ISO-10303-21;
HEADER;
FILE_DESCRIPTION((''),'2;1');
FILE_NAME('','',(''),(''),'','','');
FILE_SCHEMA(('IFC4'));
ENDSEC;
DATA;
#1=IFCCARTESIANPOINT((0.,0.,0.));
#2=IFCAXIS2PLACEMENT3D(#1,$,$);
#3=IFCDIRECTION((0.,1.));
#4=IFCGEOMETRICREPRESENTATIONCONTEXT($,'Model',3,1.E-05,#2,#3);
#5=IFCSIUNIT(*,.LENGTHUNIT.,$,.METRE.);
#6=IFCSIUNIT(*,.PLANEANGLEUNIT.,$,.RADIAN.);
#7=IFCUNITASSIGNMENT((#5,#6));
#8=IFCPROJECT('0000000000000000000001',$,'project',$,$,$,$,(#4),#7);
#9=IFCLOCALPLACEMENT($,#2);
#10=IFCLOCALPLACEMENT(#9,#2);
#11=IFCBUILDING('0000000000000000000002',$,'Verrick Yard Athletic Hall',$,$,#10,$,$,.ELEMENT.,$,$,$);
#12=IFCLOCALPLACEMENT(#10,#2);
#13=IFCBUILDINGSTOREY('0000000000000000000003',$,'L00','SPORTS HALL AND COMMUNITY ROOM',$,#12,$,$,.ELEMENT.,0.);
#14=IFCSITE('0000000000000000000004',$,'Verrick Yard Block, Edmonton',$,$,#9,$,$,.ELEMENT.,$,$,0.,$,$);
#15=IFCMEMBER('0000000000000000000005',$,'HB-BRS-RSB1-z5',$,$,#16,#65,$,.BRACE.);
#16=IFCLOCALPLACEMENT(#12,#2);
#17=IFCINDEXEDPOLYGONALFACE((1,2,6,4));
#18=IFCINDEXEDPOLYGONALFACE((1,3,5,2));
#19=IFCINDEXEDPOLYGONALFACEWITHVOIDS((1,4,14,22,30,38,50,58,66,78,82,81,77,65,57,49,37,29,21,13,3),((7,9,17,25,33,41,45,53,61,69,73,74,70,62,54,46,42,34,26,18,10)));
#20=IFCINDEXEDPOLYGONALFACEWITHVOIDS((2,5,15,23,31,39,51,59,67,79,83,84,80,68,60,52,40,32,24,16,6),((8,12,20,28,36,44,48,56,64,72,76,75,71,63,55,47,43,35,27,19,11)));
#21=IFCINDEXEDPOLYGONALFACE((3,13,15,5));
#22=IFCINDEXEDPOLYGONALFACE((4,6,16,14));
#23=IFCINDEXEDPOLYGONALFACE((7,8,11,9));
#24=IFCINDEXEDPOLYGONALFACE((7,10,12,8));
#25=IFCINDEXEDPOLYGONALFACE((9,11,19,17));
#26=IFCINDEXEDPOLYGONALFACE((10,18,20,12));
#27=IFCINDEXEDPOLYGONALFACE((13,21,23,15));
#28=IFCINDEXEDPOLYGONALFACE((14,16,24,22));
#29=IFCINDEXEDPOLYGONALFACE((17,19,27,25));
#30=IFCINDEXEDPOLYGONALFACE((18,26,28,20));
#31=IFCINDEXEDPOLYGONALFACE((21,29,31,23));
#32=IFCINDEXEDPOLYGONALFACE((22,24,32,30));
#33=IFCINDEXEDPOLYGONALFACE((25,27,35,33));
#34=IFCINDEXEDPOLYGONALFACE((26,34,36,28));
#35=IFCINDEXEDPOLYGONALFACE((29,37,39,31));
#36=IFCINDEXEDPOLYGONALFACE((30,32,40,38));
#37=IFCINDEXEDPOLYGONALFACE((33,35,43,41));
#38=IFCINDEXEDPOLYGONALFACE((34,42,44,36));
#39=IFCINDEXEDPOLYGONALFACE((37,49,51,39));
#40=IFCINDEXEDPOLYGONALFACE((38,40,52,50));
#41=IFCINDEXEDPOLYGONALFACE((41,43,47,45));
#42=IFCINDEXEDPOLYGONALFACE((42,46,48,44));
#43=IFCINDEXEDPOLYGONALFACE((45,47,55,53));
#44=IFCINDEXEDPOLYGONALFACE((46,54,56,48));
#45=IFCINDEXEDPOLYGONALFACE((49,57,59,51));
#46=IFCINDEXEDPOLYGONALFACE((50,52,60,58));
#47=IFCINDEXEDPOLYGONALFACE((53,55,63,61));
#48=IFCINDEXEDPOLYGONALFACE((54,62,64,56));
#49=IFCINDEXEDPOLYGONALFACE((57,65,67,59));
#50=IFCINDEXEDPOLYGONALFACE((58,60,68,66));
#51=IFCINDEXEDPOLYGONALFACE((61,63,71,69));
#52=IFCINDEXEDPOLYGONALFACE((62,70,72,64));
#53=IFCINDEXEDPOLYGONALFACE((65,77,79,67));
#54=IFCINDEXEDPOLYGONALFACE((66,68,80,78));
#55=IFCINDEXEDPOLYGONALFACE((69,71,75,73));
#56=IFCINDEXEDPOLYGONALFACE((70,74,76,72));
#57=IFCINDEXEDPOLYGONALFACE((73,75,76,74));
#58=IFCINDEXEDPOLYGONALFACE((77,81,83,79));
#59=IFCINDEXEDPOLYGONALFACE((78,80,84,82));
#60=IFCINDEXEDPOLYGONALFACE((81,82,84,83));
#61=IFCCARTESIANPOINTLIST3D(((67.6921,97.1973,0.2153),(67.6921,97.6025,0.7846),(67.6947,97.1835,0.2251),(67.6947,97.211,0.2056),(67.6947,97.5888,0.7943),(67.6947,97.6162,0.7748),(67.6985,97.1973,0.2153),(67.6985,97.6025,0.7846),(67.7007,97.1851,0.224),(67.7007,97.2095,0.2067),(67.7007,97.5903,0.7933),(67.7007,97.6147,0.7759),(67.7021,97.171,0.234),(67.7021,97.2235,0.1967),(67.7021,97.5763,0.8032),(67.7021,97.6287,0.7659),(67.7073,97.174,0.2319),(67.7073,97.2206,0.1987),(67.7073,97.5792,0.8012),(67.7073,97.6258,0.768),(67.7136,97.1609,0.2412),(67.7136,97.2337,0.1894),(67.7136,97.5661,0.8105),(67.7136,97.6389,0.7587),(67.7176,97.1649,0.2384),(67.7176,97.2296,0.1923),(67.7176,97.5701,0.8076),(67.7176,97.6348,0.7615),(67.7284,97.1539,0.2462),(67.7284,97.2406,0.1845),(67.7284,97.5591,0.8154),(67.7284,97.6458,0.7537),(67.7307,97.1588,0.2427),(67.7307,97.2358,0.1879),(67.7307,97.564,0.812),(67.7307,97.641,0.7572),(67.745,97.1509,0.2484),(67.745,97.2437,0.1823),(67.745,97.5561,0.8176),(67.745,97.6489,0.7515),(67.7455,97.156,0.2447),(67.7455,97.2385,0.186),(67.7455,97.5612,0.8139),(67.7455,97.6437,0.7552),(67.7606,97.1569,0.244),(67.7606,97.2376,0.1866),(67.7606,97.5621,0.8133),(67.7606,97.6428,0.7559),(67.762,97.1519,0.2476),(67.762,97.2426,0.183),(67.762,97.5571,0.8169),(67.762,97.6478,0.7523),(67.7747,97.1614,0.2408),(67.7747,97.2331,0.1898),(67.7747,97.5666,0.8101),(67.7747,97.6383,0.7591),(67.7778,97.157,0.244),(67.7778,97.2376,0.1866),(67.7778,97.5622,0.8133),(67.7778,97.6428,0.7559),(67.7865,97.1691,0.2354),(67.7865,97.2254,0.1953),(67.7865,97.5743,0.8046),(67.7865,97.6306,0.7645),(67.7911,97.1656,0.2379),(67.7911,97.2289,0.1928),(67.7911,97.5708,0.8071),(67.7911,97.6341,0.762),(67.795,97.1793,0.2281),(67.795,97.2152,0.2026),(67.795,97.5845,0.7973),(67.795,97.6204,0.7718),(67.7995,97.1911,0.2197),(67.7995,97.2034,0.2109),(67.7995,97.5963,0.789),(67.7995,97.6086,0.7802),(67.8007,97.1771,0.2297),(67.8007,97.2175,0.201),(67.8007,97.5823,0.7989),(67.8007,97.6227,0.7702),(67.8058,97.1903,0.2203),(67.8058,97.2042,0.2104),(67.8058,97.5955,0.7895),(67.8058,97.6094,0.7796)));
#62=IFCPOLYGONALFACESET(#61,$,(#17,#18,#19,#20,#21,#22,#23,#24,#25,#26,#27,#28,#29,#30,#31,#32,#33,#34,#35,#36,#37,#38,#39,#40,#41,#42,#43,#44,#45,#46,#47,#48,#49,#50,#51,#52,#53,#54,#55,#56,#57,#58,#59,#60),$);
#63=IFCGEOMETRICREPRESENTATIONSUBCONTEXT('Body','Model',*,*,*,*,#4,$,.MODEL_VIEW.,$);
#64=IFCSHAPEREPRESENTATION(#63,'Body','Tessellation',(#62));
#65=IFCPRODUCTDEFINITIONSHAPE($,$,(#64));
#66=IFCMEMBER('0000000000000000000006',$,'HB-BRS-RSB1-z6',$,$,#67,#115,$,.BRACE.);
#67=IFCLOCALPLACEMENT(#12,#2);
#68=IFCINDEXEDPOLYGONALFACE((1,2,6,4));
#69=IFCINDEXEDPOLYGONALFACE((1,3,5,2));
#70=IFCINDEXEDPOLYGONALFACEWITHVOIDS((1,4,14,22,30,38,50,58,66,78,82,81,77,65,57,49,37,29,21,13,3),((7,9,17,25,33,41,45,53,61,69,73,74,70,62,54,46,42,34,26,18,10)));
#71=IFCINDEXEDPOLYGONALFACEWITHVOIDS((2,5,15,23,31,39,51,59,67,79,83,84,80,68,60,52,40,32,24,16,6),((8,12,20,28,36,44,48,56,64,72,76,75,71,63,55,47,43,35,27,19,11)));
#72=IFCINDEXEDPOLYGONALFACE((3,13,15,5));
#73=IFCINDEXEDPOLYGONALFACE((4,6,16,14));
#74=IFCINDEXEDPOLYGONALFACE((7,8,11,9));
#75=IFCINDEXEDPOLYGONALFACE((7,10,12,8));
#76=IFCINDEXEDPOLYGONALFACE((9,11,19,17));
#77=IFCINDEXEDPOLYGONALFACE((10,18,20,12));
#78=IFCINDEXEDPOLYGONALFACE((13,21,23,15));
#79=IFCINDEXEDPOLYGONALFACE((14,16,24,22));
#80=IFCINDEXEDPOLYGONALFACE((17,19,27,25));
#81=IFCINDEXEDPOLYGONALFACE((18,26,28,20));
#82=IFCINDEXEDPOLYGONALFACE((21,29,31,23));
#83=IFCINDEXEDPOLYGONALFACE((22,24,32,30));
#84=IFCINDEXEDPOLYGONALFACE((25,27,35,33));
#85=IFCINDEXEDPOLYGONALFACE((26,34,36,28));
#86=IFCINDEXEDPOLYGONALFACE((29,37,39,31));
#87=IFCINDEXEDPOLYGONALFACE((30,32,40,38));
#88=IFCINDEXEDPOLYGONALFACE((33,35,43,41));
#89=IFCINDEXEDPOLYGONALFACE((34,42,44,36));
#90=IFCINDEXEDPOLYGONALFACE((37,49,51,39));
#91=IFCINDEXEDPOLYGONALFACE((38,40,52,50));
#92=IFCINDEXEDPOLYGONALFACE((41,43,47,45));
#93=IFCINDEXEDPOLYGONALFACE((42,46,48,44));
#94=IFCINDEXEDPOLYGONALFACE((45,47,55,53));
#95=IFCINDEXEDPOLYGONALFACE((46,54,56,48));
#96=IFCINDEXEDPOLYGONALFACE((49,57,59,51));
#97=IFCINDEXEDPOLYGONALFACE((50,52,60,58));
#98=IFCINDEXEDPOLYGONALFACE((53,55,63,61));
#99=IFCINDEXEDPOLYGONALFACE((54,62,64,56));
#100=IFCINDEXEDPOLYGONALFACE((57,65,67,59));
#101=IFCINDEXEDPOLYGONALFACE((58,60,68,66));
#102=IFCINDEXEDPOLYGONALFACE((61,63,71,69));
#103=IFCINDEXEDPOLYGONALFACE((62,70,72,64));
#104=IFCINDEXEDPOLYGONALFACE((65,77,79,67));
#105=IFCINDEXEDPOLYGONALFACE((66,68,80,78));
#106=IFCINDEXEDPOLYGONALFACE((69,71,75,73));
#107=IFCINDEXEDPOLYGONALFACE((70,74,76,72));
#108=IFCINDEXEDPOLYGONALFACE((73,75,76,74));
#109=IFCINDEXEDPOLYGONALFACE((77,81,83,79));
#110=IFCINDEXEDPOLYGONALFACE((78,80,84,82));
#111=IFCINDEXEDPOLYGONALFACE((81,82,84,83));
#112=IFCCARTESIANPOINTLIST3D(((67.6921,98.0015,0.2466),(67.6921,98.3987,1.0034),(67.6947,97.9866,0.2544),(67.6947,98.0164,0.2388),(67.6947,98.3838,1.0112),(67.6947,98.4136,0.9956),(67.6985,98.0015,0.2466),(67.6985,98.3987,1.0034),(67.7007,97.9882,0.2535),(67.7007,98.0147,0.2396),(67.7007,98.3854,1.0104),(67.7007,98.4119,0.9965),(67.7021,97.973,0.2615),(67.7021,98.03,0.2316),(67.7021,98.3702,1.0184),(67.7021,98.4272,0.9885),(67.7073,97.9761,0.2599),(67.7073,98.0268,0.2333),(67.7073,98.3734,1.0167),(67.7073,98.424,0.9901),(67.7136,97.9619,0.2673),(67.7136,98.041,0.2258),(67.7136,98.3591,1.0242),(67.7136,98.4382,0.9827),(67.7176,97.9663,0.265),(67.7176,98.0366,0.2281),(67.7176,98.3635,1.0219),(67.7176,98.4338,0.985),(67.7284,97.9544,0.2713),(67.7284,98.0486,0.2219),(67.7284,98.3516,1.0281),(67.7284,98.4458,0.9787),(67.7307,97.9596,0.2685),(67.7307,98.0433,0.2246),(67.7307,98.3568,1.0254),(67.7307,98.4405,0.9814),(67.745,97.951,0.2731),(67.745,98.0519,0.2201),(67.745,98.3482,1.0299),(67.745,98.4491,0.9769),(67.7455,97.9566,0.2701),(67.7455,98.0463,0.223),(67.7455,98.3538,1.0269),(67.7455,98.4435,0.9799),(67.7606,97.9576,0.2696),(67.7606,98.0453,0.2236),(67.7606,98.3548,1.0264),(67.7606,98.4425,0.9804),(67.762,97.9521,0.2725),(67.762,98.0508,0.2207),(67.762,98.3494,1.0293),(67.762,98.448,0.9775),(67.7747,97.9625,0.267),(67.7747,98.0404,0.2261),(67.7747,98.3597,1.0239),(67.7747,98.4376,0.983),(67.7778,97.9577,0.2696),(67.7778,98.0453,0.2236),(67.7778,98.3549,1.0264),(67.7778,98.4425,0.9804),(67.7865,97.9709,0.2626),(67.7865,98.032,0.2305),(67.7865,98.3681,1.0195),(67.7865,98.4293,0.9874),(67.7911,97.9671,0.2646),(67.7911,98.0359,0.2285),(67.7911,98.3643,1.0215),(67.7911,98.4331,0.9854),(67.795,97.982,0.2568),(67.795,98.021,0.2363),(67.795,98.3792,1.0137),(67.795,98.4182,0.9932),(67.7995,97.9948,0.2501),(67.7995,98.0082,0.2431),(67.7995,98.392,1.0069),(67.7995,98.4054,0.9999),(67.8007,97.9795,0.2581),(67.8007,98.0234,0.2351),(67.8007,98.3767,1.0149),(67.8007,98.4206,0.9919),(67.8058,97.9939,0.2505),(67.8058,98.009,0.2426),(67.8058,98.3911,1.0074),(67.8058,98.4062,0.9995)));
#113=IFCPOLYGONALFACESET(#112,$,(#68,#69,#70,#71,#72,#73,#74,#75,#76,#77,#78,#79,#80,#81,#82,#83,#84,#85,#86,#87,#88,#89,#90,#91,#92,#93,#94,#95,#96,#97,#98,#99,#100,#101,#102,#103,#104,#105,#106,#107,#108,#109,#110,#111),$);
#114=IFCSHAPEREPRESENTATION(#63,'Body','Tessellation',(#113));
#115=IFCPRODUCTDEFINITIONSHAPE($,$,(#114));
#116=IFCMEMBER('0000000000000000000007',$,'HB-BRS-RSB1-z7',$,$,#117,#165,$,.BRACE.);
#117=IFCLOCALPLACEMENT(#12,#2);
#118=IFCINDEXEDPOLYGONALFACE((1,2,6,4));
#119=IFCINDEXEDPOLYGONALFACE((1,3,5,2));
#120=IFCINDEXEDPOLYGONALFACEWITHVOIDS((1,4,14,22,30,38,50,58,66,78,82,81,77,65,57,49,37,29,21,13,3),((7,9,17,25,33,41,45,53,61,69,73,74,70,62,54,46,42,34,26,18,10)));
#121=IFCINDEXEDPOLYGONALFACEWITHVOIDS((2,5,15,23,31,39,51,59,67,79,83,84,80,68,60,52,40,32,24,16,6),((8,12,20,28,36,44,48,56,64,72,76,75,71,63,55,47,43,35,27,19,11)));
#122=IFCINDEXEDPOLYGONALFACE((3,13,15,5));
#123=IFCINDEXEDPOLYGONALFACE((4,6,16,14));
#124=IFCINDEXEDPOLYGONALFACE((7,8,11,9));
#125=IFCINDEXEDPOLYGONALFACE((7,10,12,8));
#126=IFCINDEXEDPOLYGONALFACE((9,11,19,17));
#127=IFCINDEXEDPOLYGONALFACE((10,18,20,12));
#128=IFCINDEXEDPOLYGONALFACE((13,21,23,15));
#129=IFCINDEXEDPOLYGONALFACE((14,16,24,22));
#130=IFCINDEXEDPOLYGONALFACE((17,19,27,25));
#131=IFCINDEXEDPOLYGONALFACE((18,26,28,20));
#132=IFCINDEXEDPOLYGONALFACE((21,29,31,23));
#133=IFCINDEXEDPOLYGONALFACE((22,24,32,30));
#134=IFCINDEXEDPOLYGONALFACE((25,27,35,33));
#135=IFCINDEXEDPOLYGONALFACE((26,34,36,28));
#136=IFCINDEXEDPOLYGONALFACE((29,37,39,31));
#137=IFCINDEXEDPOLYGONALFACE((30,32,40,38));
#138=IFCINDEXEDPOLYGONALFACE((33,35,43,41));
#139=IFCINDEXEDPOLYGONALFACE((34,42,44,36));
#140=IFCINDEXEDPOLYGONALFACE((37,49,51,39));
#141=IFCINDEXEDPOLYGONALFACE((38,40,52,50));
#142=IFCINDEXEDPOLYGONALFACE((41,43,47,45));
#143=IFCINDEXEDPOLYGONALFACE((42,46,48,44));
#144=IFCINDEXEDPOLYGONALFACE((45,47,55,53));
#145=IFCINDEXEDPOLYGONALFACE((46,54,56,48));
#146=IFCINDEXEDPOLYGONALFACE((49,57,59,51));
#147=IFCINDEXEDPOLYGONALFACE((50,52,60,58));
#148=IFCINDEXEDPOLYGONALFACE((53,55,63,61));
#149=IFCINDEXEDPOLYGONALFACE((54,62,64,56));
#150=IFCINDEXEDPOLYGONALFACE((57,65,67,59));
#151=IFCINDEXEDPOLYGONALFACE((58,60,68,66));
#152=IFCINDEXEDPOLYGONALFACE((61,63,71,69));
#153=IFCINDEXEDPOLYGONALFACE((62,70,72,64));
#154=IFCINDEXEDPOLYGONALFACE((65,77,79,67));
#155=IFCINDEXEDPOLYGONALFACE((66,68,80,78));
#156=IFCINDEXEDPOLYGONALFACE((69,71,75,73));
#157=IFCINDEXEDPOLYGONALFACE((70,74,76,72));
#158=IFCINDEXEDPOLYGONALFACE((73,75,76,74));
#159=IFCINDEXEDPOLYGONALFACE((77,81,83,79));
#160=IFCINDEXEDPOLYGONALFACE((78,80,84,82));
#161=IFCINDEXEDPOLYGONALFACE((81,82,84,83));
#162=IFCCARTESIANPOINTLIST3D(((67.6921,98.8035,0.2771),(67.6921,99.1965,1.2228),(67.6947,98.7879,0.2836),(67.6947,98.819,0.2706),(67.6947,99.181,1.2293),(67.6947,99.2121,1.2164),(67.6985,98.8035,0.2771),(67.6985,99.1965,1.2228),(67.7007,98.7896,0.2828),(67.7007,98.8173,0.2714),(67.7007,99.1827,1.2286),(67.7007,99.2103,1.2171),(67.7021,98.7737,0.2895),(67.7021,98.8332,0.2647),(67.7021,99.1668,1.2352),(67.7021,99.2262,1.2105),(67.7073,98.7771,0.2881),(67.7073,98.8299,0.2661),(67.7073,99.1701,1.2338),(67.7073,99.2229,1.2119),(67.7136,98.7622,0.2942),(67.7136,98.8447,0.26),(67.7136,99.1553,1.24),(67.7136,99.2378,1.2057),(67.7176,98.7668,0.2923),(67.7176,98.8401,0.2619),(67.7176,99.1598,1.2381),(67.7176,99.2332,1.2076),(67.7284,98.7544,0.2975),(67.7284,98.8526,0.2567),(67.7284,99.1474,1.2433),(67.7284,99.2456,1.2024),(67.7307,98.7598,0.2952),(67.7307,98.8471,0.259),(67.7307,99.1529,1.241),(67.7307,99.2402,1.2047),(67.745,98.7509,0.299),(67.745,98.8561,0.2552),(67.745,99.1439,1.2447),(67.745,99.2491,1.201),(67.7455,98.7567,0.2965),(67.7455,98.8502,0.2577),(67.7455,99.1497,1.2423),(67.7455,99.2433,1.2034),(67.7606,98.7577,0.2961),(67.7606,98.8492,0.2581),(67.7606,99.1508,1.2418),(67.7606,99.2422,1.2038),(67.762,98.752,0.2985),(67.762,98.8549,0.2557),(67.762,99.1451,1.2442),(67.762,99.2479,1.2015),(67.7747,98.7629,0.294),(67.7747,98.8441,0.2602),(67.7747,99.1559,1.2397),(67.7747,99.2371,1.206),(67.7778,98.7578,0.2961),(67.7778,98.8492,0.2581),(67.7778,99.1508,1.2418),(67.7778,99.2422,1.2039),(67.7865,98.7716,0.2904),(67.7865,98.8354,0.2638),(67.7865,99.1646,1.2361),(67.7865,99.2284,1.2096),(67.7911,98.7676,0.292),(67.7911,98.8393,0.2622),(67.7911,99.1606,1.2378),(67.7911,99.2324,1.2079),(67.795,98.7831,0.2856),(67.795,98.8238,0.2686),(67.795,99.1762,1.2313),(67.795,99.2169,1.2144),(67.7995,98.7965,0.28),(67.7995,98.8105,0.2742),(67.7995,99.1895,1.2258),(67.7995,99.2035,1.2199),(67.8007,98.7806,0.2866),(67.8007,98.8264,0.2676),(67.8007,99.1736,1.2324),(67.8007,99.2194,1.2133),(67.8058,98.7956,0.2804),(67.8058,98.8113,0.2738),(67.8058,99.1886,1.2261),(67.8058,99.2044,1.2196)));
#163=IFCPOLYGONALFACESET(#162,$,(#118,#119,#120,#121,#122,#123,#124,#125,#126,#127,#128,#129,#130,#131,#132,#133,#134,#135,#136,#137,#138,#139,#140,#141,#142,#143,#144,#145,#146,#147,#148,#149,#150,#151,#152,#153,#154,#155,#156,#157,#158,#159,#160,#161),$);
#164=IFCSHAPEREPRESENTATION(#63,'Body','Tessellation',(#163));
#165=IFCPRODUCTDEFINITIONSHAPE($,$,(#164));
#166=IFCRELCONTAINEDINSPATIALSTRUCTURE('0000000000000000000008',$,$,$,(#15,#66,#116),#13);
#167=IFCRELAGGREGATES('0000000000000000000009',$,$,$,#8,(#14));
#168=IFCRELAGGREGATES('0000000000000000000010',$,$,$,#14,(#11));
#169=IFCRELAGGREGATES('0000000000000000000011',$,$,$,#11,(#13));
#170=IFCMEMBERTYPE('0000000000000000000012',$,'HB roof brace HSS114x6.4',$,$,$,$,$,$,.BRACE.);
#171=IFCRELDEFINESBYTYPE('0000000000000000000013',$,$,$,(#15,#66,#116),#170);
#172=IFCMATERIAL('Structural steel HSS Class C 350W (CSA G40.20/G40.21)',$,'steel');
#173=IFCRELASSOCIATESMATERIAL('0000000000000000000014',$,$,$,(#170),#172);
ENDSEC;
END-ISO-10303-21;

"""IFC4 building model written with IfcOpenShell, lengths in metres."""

from ifc_helpers import new_model, si_unit, direction, frame, origin, origin_2d, place, context, subcontext, project, spatial, hollow_circle, extrude, material, material_profile, profile_set, type_object, element, save


model = new_model("IFC4")

# Units and contexts
model_context = context("Model", 3, precision=1e-05, world=origin(), true_north=direction((0.0, 1.0)))
body_context = subcontext(model_context, "Body", "Model", "MODEL_VIEW")
ifc_project = project(units=[si_unit("LENGTHUNIT", "METRE"), si_unit("PLANEANGLEUNIT", "RADIAN")], contexts=[model_context])

# Site, building, storey
site_placement = place(None, origin())
site = spatial("IfcSite", under=ifc_project, at=site_placement, Name="Verrick Yard Block, Edmonton", CompositionType="ELEMENT", RefElevation=0.0)
building_placement = place(site_placement, origin())
building = spatial("IfcBuilding", under=site, at=building_placement, Name="Verrick Yard Athletic Hall", CompositionType="ELEMENT")
storey_placement = place(building_placement, origin())
storey = spatial("IfcBuildingStorey", under=building, at=storey_placement, Name="L00", Description="SPORTS HALL AND COMMUNITY ROOM", CompositionType="ELEMENT", Elevation=0.0)

# Members
ifc_material_1 = material(Name="Structural steel HSS Class C 350W (CSA G40.20/G40.21)", Category="steel")
ifc_material_profile_1 = material_profile(ifc_material_1, hollow_circle(Radius=0.0571, WallThickness=0.0063, at=origin_2d()), Name="HSS114x6.4")
ifc_profile_set_1 = profile_set([ifc_material_profile_1], Name="Structural steel HSS Class C 350W (CSA G40.20/G40.21)")
member_type_1 = type_object("IfcMemberType", Name="HB roof brace HSS114x6.4", PredefinedType="BRACE", material=ifc_profile_set_1)
member_1_placement = place(storey_placement, frame((67.7493, 97.1973, 0.2153), z_axis=(0.0, 0.579916, 0.814677), x_axis=(-1.0, 0.0, 0.0)))
element("IfcMember", 1, at=member_1_placement, inside=storey, type_object=member_type_1, Name="HB-BRS-RSB1-z5", PredefinedType="BRACE", context=body_context, shape_type="SweptSolid", body=[
    extrude(hollow_circle(Radius=0.0571, WallThickness=0.0063, at=origin_2d()), origin(), (0.0, 0.0, 1.0), 0.6987),
])
member_2_placement = place(storey_placement, frame((67.7493, 98.0015, 0.2466), z_axis=(0.0, 0.464722, 0.885457), x_axis=(-1.0, 0.0, 0.0)))
element("IfcMember", 2, at=member_2_placement, inside=storey, type_object=member_type_1, Name="HB-BRS-RSB1-z6", PredefinedType="BRACE", context=body_context, shape_type="SweptSolid", body=[
    extrude(hollow_circle(Radius=0.0571, WallThickness=0.0063, at=origin_2d()), origin(), (0.0, 0.0, 1.0), 0.8547),
])
member_3_placement = place(storey_placement, frame((67.7493, 98.8035, 0.2771), z_axis=(0.0, 0.383769, 0.923429), x_axis=(-1.0, 0.0, 0.0)))
element("IfcMember", 3, at=member_3_placement, inside=storey, type_object=member_type_1, Name="HB-BRS-RSB1-z7", PredefinedType="BRACE", context=body_context, shape_type="SweptSolid", body=[
    extrude(hollow_circle(Radius=0.0571, WallThickness=0.0063, at=origin_2d()), origin(), (0.0, 0.0, 1.0), 1.0242),
])

save(model, "model.ifc")
